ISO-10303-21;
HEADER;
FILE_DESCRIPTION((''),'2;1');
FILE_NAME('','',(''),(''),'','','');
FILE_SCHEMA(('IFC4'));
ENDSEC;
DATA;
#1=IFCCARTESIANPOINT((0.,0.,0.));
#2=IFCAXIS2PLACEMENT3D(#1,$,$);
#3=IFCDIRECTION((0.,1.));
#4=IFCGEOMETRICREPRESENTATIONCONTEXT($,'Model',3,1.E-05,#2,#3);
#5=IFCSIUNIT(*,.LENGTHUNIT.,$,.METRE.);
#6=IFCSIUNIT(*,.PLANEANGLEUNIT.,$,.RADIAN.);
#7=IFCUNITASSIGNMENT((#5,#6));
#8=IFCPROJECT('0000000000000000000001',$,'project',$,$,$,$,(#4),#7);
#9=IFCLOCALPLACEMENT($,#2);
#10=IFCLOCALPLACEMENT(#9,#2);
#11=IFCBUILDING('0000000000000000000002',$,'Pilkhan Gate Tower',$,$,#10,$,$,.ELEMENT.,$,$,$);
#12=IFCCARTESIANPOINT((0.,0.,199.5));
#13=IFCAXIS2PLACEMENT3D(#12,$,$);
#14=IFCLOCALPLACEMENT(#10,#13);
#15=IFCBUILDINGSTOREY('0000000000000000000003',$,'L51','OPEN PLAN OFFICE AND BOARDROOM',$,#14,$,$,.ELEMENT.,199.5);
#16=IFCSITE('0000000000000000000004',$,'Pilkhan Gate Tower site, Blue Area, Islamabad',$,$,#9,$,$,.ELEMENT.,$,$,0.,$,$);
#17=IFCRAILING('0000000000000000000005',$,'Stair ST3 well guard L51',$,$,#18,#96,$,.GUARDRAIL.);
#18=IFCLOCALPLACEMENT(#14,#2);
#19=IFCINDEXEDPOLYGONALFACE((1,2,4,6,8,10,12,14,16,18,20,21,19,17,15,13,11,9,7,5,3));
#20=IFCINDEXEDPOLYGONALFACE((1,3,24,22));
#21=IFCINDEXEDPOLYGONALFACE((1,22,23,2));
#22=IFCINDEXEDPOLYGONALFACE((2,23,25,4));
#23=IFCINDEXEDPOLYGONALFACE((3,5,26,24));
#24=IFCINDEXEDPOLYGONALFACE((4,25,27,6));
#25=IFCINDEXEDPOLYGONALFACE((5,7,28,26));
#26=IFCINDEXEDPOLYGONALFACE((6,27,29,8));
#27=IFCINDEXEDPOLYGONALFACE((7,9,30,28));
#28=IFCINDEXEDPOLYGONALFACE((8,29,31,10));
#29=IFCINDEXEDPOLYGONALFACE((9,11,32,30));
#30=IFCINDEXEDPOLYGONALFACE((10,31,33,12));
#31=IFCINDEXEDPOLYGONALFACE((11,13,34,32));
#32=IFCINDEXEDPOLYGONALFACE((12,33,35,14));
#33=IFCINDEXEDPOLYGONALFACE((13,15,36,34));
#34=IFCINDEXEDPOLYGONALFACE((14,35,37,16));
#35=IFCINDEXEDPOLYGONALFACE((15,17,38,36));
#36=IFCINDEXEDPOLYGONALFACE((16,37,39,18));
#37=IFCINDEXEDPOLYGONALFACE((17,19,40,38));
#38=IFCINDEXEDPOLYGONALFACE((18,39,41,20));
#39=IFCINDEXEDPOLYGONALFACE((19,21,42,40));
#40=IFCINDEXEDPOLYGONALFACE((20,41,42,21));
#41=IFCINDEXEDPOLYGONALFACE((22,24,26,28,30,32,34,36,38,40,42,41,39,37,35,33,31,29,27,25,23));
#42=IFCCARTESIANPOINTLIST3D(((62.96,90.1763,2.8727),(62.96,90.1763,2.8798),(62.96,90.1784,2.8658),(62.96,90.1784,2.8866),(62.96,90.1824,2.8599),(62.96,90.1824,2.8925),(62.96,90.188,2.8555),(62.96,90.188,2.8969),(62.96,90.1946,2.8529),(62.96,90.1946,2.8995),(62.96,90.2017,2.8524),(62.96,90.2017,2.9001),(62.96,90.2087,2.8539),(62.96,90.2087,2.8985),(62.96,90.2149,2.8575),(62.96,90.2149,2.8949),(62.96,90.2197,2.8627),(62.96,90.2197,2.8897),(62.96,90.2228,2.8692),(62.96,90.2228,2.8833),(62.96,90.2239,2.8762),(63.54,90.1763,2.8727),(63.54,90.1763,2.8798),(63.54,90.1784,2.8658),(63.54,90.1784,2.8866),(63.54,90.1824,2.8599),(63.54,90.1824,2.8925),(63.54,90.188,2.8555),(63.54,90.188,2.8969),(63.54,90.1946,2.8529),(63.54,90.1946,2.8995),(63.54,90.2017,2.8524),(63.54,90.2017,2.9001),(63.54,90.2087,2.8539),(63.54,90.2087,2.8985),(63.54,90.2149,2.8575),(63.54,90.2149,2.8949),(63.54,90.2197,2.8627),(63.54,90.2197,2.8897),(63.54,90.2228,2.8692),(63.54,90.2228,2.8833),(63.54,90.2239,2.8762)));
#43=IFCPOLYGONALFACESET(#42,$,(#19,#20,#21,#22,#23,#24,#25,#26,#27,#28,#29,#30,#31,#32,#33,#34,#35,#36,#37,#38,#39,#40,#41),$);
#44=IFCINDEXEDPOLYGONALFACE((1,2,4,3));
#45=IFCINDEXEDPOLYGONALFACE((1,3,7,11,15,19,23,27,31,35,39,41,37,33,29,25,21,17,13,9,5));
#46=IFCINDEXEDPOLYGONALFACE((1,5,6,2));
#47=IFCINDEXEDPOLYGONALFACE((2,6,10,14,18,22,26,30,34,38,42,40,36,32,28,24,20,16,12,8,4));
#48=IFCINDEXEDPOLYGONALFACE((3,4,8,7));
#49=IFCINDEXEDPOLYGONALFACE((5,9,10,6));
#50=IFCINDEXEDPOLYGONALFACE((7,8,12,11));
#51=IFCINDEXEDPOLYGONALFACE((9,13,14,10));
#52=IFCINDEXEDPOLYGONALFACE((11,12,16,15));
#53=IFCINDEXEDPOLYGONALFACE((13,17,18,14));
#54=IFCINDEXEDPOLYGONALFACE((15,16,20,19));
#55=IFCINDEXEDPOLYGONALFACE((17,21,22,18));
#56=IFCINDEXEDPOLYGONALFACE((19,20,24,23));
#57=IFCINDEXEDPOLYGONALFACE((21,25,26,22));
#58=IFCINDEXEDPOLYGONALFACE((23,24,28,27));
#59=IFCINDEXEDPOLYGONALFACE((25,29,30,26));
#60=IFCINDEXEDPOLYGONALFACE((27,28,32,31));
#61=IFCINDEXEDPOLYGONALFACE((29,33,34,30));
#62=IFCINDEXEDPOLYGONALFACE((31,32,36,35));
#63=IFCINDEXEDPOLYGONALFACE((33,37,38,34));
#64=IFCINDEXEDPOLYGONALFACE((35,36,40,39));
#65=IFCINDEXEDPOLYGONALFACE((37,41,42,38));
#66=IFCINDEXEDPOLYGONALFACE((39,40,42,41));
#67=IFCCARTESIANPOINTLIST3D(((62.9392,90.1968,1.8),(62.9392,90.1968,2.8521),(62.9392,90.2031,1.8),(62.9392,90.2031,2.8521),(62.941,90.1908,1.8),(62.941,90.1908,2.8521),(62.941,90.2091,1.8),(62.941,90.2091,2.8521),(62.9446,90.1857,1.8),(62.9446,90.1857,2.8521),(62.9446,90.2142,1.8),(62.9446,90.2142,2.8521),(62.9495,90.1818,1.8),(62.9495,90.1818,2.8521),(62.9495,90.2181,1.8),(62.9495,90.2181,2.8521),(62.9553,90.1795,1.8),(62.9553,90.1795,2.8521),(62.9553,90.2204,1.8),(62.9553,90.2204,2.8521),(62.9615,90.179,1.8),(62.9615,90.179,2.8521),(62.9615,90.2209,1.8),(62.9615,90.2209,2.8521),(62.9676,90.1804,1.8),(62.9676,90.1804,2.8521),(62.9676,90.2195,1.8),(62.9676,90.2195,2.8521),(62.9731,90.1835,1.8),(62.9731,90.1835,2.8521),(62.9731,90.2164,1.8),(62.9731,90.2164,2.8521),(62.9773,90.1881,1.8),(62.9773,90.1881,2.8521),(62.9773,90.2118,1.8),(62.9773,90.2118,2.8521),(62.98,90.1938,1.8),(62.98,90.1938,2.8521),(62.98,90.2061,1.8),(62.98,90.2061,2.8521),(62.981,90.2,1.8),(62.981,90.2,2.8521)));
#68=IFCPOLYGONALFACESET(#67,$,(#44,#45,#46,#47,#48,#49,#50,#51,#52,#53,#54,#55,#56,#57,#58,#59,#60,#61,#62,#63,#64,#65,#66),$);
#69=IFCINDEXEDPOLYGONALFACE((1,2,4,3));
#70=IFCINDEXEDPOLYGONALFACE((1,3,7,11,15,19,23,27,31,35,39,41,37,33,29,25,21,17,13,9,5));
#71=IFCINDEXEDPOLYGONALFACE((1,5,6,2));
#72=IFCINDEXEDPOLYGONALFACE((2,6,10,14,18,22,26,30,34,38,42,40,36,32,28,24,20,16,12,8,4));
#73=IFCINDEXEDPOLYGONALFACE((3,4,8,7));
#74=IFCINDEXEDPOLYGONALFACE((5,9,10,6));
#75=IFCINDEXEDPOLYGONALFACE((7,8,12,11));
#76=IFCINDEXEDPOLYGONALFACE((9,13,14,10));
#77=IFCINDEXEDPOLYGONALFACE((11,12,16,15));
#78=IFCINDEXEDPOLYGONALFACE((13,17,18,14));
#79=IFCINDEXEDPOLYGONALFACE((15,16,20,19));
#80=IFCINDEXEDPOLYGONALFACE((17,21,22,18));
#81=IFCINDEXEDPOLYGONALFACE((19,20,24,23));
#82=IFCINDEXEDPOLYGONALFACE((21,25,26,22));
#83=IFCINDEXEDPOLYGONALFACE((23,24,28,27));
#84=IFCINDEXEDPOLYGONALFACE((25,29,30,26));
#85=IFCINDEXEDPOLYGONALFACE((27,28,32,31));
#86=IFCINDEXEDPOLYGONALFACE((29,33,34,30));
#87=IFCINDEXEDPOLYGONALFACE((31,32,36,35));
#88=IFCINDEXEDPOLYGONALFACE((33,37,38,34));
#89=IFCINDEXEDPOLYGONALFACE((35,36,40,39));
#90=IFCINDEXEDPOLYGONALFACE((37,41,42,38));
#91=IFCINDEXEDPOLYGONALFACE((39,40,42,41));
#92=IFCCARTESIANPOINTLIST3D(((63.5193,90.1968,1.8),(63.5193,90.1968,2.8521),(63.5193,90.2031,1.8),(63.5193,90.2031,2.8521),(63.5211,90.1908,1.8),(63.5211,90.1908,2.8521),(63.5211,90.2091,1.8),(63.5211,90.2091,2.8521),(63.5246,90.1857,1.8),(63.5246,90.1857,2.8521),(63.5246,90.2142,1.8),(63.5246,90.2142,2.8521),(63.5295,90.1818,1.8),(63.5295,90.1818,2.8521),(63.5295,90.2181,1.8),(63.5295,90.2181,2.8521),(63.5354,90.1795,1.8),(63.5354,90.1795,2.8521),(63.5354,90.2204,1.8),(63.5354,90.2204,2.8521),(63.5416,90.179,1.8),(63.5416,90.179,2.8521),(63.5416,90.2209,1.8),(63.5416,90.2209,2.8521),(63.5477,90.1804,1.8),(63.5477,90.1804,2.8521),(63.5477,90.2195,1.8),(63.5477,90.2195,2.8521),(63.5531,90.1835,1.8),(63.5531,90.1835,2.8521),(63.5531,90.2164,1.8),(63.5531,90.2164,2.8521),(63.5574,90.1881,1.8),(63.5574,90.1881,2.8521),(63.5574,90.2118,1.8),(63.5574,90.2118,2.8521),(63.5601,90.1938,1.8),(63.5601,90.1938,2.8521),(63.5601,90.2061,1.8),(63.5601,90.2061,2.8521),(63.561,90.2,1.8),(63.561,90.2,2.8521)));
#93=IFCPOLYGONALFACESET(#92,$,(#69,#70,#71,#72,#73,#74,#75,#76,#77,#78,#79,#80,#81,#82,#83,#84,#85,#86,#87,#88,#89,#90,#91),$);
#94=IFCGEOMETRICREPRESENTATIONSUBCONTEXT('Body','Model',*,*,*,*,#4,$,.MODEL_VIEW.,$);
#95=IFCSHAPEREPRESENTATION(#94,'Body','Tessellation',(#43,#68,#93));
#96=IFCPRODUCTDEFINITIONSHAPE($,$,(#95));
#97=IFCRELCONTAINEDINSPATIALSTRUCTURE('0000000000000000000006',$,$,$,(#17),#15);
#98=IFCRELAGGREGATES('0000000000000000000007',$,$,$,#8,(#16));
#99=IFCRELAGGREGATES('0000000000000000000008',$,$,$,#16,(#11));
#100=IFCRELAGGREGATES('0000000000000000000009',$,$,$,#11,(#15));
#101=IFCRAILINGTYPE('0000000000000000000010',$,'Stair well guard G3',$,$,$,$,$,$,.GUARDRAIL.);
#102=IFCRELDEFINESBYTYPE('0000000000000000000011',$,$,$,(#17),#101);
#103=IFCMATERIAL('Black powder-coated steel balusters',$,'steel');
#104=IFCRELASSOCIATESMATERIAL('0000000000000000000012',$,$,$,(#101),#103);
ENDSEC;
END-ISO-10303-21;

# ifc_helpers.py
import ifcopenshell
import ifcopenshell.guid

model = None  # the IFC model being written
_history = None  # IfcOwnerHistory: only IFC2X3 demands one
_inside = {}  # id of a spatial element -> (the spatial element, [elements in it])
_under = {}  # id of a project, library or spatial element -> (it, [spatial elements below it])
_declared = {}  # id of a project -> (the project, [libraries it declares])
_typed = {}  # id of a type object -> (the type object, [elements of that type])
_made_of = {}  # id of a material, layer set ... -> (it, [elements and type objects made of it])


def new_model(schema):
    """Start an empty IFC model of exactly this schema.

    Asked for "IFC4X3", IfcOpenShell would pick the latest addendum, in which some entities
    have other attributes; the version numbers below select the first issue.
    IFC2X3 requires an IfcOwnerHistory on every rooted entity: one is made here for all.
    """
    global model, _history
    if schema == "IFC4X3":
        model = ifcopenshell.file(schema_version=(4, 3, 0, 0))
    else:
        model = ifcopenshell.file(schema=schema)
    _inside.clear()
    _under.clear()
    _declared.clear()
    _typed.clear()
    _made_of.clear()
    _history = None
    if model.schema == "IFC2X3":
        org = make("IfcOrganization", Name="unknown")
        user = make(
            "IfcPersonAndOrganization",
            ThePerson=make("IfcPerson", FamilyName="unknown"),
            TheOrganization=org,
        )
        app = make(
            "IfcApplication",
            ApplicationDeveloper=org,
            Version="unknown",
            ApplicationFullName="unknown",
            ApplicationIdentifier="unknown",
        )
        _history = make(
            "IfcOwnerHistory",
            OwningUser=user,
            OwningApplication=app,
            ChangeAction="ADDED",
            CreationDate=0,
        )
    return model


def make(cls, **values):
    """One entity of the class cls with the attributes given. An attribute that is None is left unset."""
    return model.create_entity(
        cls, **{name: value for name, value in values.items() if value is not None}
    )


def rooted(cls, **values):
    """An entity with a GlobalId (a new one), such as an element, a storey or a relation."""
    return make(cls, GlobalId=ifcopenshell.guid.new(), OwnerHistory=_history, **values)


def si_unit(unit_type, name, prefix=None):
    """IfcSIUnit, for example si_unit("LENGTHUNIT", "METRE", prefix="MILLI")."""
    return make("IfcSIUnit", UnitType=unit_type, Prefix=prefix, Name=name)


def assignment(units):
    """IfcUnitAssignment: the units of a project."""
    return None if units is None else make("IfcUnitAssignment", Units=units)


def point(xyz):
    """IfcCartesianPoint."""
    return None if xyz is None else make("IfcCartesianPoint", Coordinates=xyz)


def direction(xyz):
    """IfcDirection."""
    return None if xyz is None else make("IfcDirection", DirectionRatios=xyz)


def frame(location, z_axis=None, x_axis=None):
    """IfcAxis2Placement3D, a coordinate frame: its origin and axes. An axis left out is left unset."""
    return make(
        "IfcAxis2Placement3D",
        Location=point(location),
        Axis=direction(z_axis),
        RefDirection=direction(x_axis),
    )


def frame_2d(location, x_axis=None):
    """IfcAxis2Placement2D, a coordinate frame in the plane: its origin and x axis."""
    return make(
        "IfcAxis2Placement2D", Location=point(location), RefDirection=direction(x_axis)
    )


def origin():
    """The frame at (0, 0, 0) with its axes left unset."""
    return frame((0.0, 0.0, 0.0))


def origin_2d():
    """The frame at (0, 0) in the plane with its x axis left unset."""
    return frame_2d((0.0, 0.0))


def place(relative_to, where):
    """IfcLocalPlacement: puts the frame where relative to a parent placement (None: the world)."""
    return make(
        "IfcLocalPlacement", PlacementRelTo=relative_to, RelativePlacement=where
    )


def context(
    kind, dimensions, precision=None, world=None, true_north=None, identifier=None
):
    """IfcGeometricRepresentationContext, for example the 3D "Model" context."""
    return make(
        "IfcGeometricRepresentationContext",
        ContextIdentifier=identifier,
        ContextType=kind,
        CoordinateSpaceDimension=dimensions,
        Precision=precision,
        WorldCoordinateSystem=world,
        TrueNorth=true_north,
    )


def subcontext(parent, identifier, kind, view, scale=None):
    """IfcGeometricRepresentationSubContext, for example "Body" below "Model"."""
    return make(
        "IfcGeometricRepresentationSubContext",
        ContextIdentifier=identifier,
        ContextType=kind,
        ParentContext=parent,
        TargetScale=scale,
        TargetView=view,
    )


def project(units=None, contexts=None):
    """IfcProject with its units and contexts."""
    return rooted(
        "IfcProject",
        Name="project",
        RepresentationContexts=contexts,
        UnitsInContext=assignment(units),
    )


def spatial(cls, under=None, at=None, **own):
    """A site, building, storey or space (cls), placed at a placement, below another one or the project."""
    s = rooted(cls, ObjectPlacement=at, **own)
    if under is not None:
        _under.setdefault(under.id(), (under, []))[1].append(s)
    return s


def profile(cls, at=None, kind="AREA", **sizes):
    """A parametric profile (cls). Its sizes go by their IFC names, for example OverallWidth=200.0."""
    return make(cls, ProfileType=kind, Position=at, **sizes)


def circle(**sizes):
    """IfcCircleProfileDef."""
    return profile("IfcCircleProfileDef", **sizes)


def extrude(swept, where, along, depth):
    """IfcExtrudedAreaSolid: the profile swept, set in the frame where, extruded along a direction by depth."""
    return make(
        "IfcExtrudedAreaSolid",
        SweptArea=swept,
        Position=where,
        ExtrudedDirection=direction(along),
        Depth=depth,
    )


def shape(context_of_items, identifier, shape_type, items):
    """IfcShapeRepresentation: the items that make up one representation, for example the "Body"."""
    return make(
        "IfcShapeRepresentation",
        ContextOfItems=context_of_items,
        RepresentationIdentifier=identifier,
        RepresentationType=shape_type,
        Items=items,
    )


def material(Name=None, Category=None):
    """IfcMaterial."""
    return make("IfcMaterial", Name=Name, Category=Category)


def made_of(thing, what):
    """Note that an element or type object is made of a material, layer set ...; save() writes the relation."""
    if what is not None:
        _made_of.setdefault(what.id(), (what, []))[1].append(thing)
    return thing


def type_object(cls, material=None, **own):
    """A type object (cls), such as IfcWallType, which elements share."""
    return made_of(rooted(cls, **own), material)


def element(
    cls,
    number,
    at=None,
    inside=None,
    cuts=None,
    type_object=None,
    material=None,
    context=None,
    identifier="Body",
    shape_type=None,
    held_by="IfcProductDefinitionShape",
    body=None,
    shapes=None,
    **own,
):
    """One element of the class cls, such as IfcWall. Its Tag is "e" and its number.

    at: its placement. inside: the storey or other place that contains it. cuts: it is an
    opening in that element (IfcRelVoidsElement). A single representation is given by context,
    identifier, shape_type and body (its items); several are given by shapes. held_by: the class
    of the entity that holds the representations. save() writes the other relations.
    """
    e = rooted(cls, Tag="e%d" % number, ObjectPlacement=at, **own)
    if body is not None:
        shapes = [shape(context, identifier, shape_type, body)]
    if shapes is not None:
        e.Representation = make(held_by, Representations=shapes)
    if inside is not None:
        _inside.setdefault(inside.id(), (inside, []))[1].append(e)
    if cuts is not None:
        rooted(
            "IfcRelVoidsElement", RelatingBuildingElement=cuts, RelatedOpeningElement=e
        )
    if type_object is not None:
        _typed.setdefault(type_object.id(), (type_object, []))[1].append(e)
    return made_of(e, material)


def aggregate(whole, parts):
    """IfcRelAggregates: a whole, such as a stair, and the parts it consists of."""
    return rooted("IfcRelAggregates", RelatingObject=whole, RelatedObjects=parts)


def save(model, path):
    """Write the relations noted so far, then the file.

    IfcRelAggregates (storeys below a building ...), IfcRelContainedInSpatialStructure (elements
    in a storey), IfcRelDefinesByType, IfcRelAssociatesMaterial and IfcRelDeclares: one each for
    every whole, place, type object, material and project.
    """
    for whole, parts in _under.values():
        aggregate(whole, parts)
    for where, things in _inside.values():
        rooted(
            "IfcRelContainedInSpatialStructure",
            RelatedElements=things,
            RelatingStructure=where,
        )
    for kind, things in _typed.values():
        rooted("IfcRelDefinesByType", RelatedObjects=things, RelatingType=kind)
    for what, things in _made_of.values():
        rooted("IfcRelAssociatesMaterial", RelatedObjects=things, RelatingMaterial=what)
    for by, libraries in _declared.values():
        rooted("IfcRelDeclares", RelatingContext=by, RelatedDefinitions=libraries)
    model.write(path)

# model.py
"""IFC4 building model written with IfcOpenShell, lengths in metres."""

from ifc_helpers import new_model, si_unit, direction, frame, origin, origin_2d, place, context, subcontext, project, spatial, circle, extrude, material, type_object, element, save


model = new_model("IFC4")

# Units and contexts
model_context = context("Model", 3, precision=1e-05, world=origin(), true_north=direction((0.0, 1.0)))
body_context = subcontext(model_context, "Body", "Model", "MODEL_VIEW")
ifc_project = project(units=[si_unit("LENGTHUNIT", "METRE"), si_unit("PLANEANGLEUNIT", "RADIAN")], contexts=[model_context])

# Site, building, storey
site_placement = place(None, origin())
site = spatial("IfcSite", under=ifc_project, at=site_placement, Name="Pilkhan Gate Tower site, Blue Area, Islamabad", CompositionType="ELEMENT", RefElevation=0.0)
building_placement = place(site_placement, origin())
building = spatial("IfcBuilding", under=site, at=building_placement, Name="Pilkhan Gate Tower", CompositionType="ELEMENT")
storey_placement = place(building_placement, frame((0.0, 0.0, 199.5)))
storey = spatial("IfcBuildingStorey", under=building, at=storey_placement, Name="L51", Description="OPEN PLAN OFFICE AND BOARDROOM", CompositionType="ELEMENT", Elevation=199.5)

# Railing
ifc_material_1 = material(Name="Black powder-coated steel balusters", Category="steel")
railing_type_1 = type_object("IfcRailingType", Name="Stair well guard G3", PredefinedType="GUARDRAIL", material=ifc_material_1)
for number, where, name in (
    (1, (62.96, 90.2, 1.8), "Stair ST3 well guard L51"),
):
    element("IfcRailing", number, at=place(storey_placement, frame(where)), inside=storey, type_object=railing_type_1, Name=name, PredefinedType="GUARDRAIL", context=body_context, shape_type="SweptSolid", body=[
        extrude(circle(Radius=0.0239, at=origin_2d()), frame((0.0, 0.0, 1.0762), z_axis=(1.0, 0.0, 0.0), x_axis=(0.0, 1.0, 0.0)), (0.0, 0.0, 1.0), 0.5801),
        extrude(circle(Radius=0.021, at=origin_2d()), origin(), (0.0, 0.0, 1.0), 1.052),
        extrude(circle(Radius=0.021, at=origin_2d()), frame((0.5801, 0.0, 0.0)), (0.0, 0.0, 1.0), 1.052),
    ])

save(model, "model.ifc")
